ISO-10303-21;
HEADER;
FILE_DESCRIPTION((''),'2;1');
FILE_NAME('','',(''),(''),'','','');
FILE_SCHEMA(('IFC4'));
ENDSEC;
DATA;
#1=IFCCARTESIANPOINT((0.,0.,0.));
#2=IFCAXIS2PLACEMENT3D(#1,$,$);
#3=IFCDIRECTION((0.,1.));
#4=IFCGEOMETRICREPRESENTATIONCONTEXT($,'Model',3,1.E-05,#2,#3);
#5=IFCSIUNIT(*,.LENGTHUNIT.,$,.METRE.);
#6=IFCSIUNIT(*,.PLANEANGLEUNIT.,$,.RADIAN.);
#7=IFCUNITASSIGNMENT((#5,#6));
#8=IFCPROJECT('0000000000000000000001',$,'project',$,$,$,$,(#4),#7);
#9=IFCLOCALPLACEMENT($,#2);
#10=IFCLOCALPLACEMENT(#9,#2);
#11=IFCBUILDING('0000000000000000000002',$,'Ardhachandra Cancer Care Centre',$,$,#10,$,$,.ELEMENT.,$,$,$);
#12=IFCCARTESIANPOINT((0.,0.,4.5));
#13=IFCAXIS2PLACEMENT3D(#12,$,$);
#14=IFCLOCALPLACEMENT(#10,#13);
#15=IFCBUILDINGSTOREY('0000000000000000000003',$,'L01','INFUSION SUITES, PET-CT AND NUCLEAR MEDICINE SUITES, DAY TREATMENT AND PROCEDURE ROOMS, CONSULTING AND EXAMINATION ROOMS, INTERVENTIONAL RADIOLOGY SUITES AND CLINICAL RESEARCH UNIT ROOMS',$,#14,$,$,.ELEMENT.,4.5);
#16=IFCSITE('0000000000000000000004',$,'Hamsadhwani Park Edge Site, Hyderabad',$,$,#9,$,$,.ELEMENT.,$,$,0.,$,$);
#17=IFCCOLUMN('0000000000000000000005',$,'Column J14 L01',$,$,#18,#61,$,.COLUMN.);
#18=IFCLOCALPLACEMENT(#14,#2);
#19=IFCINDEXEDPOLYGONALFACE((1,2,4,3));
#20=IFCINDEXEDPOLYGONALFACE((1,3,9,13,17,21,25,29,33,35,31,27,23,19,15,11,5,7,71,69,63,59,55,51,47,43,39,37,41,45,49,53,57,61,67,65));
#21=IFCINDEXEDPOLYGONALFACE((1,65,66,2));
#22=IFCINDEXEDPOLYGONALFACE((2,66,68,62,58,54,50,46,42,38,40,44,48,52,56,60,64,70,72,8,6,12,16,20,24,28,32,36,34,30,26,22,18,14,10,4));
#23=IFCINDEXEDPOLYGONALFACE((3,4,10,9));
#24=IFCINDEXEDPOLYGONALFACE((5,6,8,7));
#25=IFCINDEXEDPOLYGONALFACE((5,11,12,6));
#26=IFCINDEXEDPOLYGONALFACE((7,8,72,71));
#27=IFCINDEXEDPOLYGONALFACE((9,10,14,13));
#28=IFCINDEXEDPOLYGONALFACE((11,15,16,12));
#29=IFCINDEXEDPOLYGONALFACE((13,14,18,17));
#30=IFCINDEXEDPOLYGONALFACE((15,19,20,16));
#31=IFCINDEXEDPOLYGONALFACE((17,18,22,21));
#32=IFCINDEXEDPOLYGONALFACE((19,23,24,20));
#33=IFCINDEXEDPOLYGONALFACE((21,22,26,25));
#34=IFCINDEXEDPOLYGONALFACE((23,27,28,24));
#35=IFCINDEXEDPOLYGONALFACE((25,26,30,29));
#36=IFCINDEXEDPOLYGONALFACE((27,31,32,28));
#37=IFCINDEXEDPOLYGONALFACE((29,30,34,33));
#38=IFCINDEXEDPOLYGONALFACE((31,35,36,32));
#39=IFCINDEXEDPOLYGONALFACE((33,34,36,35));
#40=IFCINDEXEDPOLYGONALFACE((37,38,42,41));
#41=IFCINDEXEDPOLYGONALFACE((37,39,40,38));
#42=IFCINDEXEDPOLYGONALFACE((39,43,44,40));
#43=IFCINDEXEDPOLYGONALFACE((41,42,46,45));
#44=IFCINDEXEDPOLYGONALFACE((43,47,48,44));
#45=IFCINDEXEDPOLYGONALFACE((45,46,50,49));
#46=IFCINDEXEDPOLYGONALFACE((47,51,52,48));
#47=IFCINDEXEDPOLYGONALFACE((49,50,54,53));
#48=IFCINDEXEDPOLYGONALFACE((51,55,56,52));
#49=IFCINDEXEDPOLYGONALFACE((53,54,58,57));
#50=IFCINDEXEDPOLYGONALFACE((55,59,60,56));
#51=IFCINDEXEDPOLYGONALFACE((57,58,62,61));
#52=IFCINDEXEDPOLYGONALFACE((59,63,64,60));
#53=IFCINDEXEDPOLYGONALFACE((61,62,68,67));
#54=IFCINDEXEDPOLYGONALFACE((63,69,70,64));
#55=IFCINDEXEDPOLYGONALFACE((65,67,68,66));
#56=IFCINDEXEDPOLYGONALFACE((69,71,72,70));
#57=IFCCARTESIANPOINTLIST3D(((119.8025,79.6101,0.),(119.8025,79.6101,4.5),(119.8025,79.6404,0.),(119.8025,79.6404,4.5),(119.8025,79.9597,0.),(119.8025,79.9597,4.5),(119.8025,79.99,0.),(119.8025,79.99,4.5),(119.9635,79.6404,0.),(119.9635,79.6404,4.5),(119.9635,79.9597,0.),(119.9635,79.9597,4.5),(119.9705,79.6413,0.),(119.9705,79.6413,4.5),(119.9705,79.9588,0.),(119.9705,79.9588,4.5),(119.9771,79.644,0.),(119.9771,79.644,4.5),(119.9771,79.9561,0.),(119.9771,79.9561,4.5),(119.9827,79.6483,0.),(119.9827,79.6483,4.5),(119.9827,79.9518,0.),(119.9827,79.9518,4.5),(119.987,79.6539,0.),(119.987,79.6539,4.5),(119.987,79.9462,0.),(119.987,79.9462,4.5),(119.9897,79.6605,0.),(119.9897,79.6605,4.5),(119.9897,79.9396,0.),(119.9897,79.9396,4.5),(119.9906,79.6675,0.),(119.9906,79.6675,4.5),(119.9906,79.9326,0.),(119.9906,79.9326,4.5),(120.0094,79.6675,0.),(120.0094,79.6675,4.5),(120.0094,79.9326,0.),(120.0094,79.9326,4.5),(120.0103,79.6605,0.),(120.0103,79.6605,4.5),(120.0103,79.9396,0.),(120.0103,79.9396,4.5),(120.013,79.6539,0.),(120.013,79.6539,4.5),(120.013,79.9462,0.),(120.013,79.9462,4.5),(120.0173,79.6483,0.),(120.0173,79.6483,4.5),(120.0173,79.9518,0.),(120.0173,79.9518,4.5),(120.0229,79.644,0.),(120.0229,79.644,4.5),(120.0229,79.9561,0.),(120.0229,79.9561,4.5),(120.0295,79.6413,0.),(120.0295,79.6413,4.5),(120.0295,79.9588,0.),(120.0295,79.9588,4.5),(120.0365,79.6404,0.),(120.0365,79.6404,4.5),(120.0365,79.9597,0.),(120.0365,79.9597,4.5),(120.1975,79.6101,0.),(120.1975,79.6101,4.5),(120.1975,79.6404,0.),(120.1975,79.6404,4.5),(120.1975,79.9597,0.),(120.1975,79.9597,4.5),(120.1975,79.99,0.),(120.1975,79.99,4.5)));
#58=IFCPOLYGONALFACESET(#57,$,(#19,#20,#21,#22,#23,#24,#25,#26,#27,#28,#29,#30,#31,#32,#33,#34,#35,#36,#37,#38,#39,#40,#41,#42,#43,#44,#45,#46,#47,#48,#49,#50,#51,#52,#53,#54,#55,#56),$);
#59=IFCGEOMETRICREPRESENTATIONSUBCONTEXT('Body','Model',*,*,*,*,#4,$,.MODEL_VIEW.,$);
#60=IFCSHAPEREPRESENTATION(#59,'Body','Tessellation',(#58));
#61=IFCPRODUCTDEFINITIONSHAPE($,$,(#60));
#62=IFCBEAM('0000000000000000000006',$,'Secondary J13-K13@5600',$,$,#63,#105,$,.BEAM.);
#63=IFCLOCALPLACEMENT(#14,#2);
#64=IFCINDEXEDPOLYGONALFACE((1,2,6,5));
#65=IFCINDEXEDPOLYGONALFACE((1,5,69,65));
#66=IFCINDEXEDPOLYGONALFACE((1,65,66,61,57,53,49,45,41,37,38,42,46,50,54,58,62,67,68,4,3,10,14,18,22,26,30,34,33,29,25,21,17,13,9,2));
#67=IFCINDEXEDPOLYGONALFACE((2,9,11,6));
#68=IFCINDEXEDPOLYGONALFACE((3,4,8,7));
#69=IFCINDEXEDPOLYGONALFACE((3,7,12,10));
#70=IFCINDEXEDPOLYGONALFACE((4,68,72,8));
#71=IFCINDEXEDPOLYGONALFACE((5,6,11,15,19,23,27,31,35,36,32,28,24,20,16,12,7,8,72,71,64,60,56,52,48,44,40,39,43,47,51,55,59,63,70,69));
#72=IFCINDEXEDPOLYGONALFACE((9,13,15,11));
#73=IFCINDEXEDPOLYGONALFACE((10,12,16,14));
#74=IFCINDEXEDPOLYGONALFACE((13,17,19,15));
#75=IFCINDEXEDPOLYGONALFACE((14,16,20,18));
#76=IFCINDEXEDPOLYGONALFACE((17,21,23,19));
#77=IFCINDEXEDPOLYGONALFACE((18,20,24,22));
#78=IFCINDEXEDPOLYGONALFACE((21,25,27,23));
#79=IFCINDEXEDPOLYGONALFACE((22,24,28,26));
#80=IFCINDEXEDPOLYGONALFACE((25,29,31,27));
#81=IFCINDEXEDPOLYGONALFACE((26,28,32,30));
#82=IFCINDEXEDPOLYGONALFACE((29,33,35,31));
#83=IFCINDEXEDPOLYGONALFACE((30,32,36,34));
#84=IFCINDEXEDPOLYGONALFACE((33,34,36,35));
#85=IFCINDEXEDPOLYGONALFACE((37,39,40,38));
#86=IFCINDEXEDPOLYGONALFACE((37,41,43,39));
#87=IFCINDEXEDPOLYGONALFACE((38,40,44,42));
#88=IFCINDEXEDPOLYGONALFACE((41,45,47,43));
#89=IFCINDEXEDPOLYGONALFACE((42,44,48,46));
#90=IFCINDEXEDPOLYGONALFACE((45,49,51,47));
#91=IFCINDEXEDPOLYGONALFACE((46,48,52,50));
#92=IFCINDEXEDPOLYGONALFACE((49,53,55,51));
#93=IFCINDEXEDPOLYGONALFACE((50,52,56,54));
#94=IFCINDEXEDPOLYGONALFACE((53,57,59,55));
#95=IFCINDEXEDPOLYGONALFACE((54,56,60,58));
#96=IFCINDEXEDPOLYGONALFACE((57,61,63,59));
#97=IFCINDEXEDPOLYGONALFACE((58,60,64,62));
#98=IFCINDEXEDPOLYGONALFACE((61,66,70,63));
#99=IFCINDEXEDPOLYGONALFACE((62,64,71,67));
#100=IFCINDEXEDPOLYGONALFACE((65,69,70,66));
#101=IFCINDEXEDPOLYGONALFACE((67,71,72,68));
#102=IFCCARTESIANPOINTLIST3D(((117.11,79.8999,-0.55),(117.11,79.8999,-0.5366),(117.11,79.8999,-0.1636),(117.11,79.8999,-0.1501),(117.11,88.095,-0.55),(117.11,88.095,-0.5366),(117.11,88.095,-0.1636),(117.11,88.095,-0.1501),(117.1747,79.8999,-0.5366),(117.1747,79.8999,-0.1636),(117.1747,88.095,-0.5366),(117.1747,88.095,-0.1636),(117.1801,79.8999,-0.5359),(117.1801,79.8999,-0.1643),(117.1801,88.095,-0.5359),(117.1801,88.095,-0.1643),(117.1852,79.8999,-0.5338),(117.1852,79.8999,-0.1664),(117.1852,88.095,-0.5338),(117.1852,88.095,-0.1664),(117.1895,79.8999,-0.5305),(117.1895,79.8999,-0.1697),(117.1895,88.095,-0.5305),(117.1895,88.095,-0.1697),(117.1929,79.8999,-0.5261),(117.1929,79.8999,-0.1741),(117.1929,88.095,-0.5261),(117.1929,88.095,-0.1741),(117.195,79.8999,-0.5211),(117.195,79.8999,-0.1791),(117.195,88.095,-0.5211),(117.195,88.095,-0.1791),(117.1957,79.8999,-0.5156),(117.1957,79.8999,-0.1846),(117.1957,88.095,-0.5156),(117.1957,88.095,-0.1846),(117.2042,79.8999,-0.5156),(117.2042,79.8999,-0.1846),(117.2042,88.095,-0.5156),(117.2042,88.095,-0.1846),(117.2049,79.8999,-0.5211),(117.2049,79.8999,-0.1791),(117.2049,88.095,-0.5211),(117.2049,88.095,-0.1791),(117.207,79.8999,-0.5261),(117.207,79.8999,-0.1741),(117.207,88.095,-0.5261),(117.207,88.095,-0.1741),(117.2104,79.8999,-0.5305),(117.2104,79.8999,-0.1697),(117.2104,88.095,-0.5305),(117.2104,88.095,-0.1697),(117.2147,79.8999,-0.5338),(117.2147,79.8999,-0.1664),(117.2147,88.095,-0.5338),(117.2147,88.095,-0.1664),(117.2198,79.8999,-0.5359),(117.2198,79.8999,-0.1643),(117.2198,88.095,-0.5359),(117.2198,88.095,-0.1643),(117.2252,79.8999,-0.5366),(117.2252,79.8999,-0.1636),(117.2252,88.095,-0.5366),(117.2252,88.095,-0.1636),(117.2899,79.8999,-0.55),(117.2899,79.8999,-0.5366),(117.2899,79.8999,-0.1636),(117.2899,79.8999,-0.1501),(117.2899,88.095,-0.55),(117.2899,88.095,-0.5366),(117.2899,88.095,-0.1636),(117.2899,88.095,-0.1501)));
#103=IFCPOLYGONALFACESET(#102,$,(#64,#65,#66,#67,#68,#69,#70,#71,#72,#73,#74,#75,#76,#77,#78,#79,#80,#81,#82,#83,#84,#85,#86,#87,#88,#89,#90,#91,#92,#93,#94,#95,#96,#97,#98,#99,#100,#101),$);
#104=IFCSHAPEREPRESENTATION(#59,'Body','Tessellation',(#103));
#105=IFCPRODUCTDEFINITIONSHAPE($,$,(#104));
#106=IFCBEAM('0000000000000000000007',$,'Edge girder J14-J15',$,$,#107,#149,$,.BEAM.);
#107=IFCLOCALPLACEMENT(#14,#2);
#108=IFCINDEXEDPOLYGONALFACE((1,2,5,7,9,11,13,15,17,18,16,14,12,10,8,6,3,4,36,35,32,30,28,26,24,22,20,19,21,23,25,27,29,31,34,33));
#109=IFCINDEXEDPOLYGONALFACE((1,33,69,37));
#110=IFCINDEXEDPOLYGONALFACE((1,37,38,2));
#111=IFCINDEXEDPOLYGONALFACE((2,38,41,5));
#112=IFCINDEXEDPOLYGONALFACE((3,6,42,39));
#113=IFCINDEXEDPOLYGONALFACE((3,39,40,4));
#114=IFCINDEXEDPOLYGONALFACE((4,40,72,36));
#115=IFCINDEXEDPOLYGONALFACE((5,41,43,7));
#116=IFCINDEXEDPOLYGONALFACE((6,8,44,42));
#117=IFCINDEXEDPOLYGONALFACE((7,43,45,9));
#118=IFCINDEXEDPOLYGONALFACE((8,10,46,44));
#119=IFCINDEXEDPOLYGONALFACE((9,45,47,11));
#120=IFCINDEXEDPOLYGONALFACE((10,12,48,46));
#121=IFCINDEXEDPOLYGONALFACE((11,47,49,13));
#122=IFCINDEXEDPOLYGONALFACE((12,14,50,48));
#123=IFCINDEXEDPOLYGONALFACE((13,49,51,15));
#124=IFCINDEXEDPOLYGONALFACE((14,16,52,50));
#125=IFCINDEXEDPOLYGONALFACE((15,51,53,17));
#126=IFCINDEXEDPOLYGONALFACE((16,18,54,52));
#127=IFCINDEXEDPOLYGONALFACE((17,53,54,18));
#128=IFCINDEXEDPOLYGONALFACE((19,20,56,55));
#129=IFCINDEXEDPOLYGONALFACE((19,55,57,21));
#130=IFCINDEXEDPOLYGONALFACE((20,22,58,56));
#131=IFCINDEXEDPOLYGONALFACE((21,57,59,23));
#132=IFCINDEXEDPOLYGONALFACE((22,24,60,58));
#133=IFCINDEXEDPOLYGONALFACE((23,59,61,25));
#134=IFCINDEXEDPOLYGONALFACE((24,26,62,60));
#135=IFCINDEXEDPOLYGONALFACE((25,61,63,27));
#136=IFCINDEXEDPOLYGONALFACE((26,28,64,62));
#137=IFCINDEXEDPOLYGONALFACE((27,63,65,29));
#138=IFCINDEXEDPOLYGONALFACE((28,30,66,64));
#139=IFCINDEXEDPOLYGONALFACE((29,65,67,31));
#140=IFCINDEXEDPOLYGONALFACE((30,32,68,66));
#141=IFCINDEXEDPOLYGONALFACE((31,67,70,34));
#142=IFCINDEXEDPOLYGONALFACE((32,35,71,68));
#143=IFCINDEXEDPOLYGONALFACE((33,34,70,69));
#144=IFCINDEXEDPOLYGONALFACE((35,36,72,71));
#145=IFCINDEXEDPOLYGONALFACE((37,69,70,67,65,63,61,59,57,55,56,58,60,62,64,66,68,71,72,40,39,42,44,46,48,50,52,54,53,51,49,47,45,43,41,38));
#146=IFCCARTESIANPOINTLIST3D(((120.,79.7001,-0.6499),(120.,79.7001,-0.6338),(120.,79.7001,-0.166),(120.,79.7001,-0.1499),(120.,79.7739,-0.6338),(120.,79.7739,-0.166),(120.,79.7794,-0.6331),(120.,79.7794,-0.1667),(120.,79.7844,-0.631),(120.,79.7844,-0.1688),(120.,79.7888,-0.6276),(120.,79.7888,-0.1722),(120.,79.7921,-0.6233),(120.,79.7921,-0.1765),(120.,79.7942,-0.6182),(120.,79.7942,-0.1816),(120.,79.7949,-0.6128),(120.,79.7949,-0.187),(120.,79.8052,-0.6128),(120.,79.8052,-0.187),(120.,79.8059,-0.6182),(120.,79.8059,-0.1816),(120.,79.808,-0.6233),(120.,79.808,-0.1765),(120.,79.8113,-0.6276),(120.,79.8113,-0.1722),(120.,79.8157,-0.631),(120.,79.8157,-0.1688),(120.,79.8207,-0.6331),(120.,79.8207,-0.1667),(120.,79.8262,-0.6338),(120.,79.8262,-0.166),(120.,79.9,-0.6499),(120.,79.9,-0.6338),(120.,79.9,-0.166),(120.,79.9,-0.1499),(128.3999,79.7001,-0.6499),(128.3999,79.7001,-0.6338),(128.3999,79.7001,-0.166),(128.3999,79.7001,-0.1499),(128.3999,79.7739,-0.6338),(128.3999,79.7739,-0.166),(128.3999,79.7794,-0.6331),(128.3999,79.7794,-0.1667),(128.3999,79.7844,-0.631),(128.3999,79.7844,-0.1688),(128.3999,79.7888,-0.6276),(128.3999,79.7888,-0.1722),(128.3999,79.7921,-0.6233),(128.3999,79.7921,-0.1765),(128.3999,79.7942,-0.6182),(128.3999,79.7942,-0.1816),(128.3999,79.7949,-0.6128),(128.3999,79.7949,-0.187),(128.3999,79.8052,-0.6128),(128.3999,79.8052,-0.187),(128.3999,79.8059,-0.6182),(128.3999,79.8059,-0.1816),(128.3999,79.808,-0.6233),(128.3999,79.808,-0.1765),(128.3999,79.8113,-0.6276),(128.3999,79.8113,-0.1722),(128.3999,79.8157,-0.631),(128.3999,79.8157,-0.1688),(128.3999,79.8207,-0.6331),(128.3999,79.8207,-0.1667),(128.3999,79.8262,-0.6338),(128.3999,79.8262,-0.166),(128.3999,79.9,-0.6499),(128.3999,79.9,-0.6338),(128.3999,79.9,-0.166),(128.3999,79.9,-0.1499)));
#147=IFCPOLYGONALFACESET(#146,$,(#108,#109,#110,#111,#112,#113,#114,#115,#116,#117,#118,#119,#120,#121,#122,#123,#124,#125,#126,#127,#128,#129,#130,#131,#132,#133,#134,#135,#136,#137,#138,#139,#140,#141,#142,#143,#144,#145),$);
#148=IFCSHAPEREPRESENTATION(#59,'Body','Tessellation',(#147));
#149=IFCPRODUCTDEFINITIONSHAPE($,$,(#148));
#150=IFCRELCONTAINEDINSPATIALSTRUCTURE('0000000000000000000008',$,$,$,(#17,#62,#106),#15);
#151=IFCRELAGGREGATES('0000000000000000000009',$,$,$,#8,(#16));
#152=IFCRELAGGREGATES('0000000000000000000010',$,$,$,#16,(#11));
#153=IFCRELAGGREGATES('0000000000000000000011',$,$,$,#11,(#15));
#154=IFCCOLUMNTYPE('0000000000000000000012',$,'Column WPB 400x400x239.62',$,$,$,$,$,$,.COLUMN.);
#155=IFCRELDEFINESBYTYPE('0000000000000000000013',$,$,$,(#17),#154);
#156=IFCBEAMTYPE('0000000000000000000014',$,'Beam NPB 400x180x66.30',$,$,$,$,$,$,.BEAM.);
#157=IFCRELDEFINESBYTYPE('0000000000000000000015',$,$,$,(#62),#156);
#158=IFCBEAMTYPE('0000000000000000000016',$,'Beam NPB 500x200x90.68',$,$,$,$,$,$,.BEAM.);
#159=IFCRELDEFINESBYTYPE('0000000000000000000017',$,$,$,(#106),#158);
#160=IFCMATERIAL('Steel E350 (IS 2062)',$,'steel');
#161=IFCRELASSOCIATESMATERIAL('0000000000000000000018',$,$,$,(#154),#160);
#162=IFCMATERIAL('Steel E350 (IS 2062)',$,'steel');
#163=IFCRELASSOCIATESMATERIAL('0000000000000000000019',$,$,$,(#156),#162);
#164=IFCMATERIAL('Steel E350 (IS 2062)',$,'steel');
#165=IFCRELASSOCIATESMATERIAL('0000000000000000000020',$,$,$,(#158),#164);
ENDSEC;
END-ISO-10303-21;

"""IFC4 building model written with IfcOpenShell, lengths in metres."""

from ifc_helpers import new_model, si_unit, direction, frame, origin, origin_2d, place, context, subcontext, project, spatial, i_section, extrude, material, material_profile, profile_set, type_object, element, save


model = new_model("IFC4")

# Units and contexts
model_context = context("Model", 3, precision=1e-05, world=origin(), true_north=direction((0.0, 1.0)))
body_context = subcontext(model_context, "Body", "Model", "MODEL_VIEW")
ifc_project = project(units=[si_unit("LENGTHUNIT", "METRE"), si_unit("PLANEANGLEUNIT", "RADIAN")], contexts=[model_context])

# Site, building, storey
site_placement = place(None, origin())
site = spatial("IfcSite", under=ifc_project, at=site_placement, Name="Hamsadhwani Park Edge Site, Hyderabad", CompositionType="ELEMENT", RefElevation=0.0)
building_placement = place(site_placement, origin())
building = spatial("IfcBuilding", under=site, at=building_placement, Name="Ardhachandra Cancer Care Centre", CompositionType="ELEMENT")
storey_placement = place(building_placement, frame((0.0, 0.0, 4.5)))
storey = spatial("IfcBuildingStorey", under=building, at=storey_placement, Name="L01", Description="INFUSION SUITES, PET-CT AND NUCLEAR MEDICINE SUITES, DAY TREATMENT AND PROCEDURE ROOMS, CONSULTING AND EXAMINATION ROOMS, INTERVENTIONAL RADIOLOGY SUITES AND CLINICAL RESEARCH UNIT ROOMS", CompositionType="ELEMENT", Elevation=4.5)

# Column
ifc_material_1 = material(Name="Steel E350 (IS 2062)", Category="steel")
ifc_material_profile_1 = material_profile(ifc_material_1, i_section(OverallWidth=0.395, OverallDepth=0.3799, WebThickness=0.0188, FlangeThickness=0.0303, FilletRadius=0.0271, at=origin_2d()), Name="WPB 400x400x239.62")
ifc_profile_set_1 = profile_set([ifc_material_profile_1], Name="Steel E350 (IS 2062)")
column_type = type_object("IfcColumnType", Name="Column WPB 400x400x239.62", PredefinedType="COLUMN", material=ifc_profile_set_1)
column_placement = place(storey_placement, frame((120.0, 79.8, 0.0), z_axis=(0.0, 0.0, 1.0), x_axis=(1.0, 0.0, 0.0)))
element("IfcColumn", 1, at=column_placement, inside=storey, type_object=column_type, Name="Column J14 L01", PredefinedType="COLUMN", context=body_context, shape_type="SweptSolid", body=[
    extrude(i_section(OverallWidth=0.395, OverallDepth=0.3799, WebThickness=0.0188, FlangeThickness=0.0303, FilletRadius=0.0271, at=origin_2d()), origin(), (0.0, 0.0, 1.0), 4.5),
])

# Beams
ifc_material_2 = material(Name="Steel E350 (IS 2062)", Category="steel")
ifc_material_profile_2 = material_profile(ifc_material_2, i_section(OverallWidth=0.1799, OverallDepth=0.3999, WebThickness=0.0085, FlangeThickness=0.0134, FilletRadius=0.021, at=origin_2d()), Name="NPB 400x180x66.30")
ifc_profile_set_2 = profile_set([ifc_material_profile_2], Name="Steel E350 (IS 2062)")
beam_type_1 = type_object("IfcBeamType", Name="Beam NPB 400x180x66.30", PredefinedType="BEAM", material=ifc_profile_set_2)
beam_1_placement = place(storey_placement, frame((117.2, 79.8999, -0.3501), z_axis=(0.0, 1.0, 0.0), x_axis=(-1.0, 0.0, 0.0)))
element("IfcBeam", 2, at=beam_1_placement, inside=storey, type_object=beam_type_1, Name="Secondary J13-K13@5600", PredefinedType="BEAM", context=body_context, shape_type="SweptSolid", body=[
    extrude(i_section(OverallWidth=0.1799, OverallDepth=0.3999, WebThickness=0.0085, FlangeThickness=0.0134, FilletRadius=0.021, at=origin_2d()), origin(), (0.0, 0.0, 1.0), 8.1951),
])
ifc_material_3 = material(Name="Steel E350 (IS 2062)", Category="steel")
ifc_material_profile_3 = material_profile(ifc_material_3, i_section(OverallWidth=0.2, OverallDepth=0.5, WebThickness=0.0103, FlangeThickness=0.0161, FilletRadius=0.021, at=origin_2d()), Name="NPB 500x200x90.68")
ifc_profile_set_3 = profile_set([ifc_material_profile_3], Name="Steel E350 (IS 2062)")
beam_type_2 = type_object("IfcBeamType", Name="Beam NPB 500x200x90.68", PredefinedType="BEAM", material=ifc_profile_set_3)
beam_2_placement = place(storey_placement, frame((120.0, 79.8, -0.3999), z_axis=(1.0, 0.0, 0.0), x_axis=(0.0, 1.0, 0.0)))
element("IfcBeam", 3, at=beam_2_placement, inside=storey, type_object=beam_type_2, Name="Edge girder J14-J15", PredefinedType="BEAM", context=body_context, shape_type="SweptSolid", body=[
    extrude(i_section(OverallWidth=0.2, OverallDepth=0.5, WebThickness=0.0103, FlangeThickness=0.0161, FilletRadius=0.021, at=origin_2d()), origin(), (0.0, 0.0, 1.0), 8.3999),
])

save(model, "model.ifc")
